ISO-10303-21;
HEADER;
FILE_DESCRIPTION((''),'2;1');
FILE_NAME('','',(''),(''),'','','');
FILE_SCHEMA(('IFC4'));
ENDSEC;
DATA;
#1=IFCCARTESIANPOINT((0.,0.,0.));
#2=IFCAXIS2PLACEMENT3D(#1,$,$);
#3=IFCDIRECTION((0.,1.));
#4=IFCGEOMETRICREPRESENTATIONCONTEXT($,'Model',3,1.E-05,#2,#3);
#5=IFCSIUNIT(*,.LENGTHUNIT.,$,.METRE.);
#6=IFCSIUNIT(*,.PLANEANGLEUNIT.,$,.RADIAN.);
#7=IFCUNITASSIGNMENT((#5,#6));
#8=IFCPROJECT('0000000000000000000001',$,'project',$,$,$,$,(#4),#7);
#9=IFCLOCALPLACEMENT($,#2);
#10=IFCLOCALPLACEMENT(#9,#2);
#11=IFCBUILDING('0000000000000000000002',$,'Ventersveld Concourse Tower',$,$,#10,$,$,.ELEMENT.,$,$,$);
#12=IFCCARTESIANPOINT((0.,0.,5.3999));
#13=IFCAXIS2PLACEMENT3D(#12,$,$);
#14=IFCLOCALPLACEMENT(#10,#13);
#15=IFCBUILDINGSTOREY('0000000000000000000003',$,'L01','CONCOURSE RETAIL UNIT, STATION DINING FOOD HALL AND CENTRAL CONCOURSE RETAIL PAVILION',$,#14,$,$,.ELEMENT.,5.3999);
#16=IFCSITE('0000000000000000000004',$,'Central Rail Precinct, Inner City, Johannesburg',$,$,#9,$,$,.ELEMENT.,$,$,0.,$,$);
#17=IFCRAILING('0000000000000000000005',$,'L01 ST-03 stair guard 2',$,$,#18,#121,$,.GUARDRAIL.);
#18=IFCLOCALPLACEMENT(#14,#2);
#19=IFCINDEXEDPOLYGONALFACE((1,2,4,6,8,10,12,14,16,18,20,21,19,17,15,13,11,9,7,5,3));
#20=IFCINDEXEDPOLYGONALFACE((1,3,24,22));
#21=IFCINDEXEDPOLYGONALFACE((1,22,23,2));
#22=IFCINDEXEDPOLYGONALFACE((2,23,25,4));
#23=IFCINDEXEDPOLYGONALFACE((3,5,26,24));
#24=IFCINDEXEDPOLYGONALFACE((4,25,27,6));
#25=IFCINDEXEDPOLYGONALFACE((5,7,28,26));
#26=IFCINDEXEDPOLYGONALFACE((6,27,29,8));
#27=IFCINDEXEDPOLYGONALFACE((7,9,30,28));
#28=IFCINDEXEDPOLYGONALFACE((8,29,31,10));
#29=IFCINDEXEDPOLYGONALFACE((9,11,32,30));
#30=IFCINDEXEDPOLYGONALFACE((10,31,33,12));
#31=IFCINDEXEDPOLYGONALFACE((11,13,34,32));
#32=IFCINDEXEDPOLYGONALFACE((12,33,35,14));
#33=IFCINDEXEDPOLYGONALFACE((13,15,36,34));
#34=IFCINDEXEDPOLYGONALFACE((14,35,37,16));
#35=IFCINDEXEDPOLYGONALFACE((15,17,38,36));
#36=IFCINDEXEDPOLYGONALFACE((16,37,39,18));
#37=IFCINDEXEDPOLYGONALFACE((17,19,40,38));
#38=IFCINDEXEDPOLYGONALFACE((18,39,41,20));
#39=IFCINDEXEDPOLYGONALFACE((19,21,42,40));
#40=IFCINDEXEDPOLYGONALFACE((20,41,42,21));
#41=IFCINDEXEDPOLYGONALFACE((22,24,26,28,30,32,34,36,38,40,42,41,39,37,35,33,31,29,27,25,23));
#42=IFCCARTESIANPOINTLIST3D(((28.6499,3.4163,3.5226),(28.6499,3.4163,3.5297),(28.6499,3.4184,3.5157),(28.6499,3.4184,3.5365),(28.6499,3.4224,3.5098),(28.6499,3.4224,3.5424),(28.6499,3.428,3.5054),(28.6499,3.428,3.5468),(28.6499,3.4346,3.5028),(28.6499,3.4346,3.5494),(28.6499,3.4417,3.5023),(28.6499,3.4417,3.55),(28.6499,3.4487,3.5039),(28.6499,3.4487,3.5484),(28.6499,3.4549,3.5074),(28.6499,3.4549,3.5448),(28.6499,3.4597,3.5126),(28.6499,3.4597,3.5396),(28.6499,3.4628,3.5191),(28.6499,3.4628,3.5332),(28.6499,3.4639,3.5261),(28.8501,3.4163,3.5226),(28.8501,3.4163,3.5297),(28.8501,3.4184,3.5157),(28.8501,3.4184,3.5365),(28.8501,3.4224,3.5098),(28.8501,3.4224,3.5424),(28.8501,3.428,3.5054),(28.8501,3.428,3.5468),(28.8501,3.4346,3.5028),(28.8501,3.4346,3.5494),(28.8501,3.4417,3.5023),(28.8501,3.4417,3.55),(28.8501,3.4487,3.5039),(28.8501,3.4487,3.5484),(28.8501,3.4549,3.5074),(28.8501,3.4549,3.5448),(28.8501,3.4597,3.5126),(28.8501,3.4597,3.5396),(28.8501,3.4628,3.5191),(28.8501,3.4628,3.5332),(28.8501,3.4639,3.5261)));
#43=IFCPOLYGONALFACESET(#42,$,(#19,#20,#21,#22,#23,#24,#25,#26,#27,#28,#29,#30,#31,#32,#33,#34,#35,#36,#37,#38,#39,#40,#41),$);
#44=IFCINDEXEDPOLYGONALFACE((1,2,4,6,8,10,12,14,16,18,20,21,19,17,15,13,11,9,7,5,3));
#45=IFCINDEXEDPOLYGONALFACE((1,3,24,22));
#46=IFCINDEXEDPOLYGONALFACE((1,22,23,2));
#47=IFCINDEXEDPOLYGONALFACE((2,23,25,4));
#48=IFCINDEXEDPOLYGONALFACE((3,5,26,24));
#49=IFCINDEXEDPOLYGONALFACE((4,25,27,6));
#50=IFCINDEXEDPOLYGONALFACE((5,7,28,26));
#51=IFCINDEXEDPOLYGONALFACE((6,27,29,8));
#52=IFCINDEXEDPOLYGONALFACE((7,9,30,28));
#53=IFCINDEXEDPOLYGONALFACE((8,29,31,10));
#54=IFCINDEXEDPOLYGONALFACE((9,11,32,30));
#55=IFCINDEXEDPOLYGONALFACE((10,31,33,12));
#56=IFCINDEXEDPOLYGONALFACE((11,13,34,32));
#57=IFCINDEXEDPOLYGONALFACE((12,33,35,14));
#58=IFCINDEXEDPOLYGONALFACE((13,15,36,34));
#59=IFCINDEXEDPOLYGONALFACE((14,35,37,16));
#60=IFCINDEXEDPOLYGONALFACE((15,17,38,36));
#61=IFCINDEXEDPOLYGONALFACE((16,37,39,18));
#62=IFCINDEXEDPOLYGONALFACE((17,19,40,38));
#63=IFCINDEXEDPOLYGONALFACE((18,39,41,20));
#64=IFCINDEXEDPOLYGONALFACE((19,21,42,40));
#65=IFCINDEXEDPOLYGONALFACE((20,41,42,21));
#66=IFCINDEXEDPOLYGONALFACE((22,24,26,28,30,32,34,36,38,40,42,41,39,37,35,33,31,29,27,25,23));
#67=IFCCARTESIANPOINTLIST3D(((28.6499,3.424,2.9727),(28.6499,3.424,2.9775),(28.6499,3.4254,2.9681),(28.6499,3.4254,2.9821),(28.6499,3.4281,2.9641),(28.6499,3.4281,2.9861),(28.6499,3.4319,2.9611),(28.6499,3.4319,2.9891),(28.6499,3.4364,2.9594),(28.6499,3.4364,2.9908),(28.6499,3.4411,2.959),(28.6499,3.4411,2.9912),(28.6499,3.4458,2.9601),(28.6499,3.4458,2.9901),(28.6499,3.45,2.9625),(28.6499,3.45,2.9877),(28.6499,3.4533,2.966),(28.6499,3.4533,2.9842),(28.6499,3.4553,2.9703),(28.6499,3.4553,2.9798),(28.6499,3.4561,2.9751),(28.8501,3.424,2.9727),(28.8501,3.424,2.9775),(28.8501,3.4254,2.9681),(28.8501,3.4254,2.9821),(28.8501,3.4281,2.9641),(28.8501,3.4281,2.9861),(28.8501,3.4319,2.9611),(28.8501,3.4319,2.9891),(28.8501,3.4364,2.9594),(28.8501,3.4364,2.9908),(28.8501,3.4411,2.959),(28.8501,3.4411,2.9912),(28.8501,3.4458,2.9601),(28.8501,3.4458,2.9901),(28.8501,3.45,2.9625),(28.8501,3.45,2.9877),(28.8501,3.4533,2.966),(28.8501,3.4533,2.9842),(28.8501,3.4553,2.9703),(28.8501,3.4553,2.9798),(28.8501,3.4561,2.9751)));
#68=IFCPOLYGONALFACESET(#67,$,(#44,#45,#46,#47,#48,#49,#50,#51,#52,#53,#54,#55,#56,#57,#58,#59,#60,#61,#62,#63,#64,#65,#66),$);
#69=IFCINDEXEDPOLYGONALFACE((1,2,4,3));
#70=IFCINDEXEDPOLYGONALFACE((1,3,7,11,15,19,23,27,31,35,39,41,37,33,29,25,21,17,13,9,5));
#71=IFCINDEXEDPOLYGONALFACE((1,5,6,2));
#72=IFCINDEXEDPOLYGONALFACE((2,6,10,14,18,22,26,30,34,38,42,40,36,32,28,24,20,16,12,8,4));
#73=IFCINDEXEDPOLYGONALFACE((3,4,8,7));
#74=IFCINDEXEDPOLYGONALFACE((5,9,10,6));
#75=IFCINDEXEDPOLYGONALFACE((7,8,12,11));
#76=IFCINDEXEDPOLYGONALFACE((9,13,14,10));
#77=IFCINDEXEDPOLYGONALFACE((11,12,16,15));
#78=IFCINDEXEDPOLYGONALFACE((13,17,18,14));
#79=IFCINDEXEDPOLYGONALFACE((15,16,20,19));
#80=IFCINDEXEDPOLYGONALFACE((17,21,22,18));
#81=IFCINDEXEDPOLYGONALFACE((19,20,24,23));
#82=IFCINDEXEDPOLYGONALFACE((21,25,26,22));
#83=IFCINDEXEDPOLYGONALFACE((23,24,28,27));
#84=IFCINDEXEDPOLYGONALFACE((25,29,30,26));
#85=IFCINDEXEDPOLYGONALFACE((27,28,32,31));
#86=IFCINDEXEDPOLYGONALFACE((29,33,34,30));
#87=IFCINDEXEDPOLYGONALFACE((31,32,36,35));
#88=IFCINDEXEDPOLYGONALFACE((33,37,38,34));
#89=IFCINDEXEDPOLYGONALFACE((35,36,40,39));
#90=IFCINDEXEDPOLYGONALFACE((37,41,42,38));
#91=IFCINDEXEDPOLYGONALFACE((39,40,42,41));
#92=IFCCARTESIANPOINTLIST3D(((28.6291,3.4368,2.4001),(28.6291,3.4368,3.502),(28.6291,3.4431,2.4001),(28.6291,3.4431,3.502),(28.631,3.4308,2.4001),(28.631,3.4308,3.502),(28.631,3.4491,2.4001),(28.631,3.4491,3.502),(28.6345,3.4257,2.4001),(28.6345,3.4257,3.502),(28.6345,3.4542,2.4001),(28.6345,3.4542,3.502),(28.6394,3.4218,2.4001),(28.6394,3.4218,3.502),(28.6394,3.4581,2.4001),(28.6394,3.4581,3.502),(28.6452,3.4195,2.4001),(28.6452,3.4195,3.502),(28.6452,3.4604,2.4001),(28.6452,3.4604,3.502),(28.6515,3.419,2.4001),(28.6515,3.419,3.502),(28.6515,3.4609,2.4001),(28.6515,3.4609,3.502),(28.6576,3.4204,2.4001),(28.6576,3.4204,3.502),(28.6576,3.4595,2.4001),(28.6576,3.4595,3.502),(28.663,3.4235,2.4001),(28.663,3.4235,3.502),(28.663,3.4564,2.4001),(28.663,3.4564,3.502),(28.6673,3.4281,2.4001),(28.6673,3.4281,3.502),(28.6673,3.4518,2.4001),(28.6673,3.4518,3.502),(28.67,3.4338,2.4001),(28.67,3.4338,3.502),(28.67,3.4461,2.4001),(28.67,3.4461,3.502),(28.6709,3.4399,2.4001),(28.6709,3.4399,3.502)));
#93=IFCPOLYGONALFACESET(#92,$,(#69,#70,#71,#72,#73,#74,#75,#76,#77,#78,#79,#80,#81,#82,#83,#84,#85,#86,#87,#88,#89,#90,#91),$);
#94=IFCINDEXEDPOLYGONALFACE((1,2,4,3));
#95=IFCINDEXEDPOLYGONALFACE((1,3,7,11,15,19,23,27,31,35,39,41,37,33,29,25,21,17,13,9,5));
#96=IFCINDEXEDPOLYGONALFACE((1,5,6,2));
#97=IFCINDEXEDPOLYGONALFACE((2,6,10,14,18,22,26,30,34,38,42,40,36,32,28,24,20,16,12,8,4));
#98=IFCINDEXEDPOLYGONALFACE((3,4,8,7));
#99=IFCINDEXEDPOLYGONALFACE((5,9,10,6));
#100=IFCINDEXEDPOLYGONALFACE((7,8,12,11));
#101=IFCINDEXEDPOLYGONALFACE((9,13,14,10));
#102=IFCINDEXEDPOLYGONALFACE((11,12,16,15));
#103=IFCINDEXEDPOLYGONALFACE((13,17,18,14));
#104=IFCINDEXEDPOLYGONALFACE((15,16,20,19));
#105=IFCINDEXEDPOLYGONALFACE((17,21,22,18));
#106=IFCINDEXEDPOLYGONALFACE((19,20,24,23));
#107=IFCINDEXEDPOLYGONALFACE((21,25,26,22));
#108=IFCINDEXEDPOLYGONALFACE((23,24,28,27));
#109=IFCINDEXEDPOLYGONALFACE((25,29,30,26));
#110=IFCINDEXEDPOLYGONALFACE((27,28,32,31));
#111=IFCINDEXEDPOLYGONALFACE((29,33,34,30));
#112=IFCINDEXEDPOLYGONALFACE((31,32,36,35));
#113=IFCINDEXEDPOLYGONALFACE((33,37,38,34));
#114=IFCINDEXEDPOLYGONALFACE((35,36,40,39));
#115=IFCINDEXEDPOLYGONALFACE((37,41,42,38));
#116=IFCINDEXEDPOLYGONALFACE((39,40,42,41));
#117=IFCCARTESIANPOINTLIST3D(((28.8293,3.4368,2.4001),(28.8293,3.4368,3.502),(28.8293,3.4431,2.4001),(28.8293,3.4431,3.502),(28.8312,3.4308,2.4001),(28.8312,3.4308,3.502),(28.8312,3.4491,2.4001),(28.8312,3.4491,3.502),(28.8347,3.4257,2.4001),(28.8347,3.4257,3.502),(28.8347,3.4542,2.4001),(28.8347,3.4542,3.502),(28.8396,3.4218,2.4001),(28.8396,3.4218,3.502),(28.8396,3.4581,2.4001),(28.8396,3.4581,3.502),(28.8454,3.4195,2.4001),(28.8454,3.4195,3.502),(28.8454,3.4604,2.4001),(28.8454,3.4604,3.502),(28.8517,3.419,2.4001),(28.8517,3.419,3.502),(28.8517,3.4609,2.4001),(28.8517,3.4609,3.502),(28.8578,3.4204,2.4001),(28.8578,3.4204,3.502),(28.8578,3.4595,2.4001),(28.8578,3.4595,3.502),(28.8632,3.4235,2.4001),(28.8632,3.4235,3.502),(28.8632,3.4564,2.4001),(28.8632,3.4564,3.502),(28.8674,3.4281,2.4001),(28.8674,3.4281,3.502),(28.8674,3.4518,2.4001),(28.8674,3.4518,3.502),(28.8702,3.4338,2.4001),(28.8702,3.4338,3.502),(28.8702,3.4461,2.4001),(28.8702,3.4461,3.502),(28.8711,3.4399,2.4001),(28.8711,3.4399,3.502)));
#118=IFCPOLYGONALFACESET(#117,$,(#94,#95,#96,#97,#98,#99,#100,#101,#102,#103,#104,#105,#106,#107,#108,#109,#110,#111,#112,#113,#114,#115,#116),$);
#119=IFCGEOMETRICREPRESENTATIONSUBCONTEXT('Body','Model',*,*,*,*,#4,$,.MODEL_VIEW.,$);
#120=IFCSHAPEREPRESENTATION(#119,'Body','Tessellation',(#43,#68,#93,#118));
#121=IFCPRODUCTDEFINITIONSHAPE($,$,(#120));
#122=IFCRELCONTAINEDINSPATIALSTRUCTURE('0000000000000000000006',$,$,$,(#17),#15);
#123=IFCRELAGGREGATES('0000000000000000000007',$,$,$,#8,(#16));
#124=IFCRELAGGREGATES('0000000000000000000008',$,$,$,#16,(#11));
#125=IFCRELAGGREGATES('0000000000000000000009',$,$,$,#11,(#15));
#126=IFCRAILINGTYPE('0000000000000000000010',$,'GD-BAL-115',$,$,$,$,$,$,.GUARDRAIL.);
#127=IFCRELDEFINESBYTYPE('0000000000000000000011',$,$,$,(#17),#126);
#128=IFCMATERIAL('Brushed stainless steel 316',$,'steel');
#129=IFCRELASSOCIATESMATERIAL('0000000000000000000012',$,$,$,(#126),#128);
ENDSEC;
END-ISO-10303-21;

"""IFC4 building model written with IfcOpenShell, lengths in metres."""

from ifc_helpers import new_model, si_unit, direction, frame, origin, origin_2d, place, context, subcontext, project, spatial, circle, extrude, material, type_object, element, save


model = new_model("IFC4")

# Units and contexts
model_context = context("Model", 3, precision=1e-05, world=origin(), true_north=direction((0.0, 1.0)))
body_context = subcontext(model_context, "Body", "Model", "MODEL_VIEW")
ifc_project = project(units=[si_unit("LENGTHUNIT", "METRE"), si_unit("PLANEANGLEUNIT", "RADIAN")], contexts=[model_context])

# Site, building, storey
site_placement = place(None, origin())
site = spatial("IfcSite", under=ifc_project, at=site_placement, Name="Central Rail Precinct, Inner City, Johannesburg", CompositionType="ELEMENT", RefElevation=0.0)
building_placement = place(site_placement, origin())
building = spatial("IfcBuilding", under=site, at=building_placement, Name="Ventersveld Concourse Tower", CompositionType="ELEMENT")
storey_placement = place(building_placement, frame((0.0, 0.0, 5.3999)))
storey = spatial("IfcBuildingStorey", under=building, at=storey_placement, Name="L01", Description="CONCOURSE RETAIL UNIT, STATION DINING FOOD HALL AND CENTRAL CONCOURSE RETAIL PAVILION", CompositionType="ELEMENT", Elevation=5.3999)

# Shared definitions
ifc_material_1 = material(Name="Brushed stainless steel 316", Category="steel")

# Railing
railing_type_1 = type_object("IfcRailingType", Name="GD-BAL-115", PredefinedType="GUARDRAIL", material=ifc_material_1)
railing_1_placement = place(storey_placement, frame((28.6499, 3.4399, 2.4001)))
element("IfcRailing", 1, at=railing_1_placement, inside=storey, type_object=railing_type_1, Name="L01 ST-03 stair guard 2", PredefinedType="GUARDRAIL", context=body_context, shape_type="SweptSolid", body=[
    extrude(circle(Radius=0.0239, at=origin_2d()), frame((0.0, 0.0, 1.126), z_axis=(1.0, 0.0, 0.0), x_axis=(0.0, 1.0, 0.0)), (0.0, 0.0, 1.0), 0.2002),
    extrude(circle(Radius=0.0161, at=origin_2d()), frame((0.0, 0.0, 0.575), z_axis=(1.0, 0.0, 0.0), x_axis=(0.0, 1.0, 0.0)), (0.0, 0.0, 1.0), 0.2002),
    extrude(circle(Radius=0.021, at=origin_2d()), origin(), (0.0, 0.0, 1.0), 1.1018),
    extrude(circle(Radius=0.021, at=origin_2d()), frame((0.2002, 0.0, 0.0)), (0.0, 0.0, 1.0), 1.1018),
])

save(model, "model.ifc")
